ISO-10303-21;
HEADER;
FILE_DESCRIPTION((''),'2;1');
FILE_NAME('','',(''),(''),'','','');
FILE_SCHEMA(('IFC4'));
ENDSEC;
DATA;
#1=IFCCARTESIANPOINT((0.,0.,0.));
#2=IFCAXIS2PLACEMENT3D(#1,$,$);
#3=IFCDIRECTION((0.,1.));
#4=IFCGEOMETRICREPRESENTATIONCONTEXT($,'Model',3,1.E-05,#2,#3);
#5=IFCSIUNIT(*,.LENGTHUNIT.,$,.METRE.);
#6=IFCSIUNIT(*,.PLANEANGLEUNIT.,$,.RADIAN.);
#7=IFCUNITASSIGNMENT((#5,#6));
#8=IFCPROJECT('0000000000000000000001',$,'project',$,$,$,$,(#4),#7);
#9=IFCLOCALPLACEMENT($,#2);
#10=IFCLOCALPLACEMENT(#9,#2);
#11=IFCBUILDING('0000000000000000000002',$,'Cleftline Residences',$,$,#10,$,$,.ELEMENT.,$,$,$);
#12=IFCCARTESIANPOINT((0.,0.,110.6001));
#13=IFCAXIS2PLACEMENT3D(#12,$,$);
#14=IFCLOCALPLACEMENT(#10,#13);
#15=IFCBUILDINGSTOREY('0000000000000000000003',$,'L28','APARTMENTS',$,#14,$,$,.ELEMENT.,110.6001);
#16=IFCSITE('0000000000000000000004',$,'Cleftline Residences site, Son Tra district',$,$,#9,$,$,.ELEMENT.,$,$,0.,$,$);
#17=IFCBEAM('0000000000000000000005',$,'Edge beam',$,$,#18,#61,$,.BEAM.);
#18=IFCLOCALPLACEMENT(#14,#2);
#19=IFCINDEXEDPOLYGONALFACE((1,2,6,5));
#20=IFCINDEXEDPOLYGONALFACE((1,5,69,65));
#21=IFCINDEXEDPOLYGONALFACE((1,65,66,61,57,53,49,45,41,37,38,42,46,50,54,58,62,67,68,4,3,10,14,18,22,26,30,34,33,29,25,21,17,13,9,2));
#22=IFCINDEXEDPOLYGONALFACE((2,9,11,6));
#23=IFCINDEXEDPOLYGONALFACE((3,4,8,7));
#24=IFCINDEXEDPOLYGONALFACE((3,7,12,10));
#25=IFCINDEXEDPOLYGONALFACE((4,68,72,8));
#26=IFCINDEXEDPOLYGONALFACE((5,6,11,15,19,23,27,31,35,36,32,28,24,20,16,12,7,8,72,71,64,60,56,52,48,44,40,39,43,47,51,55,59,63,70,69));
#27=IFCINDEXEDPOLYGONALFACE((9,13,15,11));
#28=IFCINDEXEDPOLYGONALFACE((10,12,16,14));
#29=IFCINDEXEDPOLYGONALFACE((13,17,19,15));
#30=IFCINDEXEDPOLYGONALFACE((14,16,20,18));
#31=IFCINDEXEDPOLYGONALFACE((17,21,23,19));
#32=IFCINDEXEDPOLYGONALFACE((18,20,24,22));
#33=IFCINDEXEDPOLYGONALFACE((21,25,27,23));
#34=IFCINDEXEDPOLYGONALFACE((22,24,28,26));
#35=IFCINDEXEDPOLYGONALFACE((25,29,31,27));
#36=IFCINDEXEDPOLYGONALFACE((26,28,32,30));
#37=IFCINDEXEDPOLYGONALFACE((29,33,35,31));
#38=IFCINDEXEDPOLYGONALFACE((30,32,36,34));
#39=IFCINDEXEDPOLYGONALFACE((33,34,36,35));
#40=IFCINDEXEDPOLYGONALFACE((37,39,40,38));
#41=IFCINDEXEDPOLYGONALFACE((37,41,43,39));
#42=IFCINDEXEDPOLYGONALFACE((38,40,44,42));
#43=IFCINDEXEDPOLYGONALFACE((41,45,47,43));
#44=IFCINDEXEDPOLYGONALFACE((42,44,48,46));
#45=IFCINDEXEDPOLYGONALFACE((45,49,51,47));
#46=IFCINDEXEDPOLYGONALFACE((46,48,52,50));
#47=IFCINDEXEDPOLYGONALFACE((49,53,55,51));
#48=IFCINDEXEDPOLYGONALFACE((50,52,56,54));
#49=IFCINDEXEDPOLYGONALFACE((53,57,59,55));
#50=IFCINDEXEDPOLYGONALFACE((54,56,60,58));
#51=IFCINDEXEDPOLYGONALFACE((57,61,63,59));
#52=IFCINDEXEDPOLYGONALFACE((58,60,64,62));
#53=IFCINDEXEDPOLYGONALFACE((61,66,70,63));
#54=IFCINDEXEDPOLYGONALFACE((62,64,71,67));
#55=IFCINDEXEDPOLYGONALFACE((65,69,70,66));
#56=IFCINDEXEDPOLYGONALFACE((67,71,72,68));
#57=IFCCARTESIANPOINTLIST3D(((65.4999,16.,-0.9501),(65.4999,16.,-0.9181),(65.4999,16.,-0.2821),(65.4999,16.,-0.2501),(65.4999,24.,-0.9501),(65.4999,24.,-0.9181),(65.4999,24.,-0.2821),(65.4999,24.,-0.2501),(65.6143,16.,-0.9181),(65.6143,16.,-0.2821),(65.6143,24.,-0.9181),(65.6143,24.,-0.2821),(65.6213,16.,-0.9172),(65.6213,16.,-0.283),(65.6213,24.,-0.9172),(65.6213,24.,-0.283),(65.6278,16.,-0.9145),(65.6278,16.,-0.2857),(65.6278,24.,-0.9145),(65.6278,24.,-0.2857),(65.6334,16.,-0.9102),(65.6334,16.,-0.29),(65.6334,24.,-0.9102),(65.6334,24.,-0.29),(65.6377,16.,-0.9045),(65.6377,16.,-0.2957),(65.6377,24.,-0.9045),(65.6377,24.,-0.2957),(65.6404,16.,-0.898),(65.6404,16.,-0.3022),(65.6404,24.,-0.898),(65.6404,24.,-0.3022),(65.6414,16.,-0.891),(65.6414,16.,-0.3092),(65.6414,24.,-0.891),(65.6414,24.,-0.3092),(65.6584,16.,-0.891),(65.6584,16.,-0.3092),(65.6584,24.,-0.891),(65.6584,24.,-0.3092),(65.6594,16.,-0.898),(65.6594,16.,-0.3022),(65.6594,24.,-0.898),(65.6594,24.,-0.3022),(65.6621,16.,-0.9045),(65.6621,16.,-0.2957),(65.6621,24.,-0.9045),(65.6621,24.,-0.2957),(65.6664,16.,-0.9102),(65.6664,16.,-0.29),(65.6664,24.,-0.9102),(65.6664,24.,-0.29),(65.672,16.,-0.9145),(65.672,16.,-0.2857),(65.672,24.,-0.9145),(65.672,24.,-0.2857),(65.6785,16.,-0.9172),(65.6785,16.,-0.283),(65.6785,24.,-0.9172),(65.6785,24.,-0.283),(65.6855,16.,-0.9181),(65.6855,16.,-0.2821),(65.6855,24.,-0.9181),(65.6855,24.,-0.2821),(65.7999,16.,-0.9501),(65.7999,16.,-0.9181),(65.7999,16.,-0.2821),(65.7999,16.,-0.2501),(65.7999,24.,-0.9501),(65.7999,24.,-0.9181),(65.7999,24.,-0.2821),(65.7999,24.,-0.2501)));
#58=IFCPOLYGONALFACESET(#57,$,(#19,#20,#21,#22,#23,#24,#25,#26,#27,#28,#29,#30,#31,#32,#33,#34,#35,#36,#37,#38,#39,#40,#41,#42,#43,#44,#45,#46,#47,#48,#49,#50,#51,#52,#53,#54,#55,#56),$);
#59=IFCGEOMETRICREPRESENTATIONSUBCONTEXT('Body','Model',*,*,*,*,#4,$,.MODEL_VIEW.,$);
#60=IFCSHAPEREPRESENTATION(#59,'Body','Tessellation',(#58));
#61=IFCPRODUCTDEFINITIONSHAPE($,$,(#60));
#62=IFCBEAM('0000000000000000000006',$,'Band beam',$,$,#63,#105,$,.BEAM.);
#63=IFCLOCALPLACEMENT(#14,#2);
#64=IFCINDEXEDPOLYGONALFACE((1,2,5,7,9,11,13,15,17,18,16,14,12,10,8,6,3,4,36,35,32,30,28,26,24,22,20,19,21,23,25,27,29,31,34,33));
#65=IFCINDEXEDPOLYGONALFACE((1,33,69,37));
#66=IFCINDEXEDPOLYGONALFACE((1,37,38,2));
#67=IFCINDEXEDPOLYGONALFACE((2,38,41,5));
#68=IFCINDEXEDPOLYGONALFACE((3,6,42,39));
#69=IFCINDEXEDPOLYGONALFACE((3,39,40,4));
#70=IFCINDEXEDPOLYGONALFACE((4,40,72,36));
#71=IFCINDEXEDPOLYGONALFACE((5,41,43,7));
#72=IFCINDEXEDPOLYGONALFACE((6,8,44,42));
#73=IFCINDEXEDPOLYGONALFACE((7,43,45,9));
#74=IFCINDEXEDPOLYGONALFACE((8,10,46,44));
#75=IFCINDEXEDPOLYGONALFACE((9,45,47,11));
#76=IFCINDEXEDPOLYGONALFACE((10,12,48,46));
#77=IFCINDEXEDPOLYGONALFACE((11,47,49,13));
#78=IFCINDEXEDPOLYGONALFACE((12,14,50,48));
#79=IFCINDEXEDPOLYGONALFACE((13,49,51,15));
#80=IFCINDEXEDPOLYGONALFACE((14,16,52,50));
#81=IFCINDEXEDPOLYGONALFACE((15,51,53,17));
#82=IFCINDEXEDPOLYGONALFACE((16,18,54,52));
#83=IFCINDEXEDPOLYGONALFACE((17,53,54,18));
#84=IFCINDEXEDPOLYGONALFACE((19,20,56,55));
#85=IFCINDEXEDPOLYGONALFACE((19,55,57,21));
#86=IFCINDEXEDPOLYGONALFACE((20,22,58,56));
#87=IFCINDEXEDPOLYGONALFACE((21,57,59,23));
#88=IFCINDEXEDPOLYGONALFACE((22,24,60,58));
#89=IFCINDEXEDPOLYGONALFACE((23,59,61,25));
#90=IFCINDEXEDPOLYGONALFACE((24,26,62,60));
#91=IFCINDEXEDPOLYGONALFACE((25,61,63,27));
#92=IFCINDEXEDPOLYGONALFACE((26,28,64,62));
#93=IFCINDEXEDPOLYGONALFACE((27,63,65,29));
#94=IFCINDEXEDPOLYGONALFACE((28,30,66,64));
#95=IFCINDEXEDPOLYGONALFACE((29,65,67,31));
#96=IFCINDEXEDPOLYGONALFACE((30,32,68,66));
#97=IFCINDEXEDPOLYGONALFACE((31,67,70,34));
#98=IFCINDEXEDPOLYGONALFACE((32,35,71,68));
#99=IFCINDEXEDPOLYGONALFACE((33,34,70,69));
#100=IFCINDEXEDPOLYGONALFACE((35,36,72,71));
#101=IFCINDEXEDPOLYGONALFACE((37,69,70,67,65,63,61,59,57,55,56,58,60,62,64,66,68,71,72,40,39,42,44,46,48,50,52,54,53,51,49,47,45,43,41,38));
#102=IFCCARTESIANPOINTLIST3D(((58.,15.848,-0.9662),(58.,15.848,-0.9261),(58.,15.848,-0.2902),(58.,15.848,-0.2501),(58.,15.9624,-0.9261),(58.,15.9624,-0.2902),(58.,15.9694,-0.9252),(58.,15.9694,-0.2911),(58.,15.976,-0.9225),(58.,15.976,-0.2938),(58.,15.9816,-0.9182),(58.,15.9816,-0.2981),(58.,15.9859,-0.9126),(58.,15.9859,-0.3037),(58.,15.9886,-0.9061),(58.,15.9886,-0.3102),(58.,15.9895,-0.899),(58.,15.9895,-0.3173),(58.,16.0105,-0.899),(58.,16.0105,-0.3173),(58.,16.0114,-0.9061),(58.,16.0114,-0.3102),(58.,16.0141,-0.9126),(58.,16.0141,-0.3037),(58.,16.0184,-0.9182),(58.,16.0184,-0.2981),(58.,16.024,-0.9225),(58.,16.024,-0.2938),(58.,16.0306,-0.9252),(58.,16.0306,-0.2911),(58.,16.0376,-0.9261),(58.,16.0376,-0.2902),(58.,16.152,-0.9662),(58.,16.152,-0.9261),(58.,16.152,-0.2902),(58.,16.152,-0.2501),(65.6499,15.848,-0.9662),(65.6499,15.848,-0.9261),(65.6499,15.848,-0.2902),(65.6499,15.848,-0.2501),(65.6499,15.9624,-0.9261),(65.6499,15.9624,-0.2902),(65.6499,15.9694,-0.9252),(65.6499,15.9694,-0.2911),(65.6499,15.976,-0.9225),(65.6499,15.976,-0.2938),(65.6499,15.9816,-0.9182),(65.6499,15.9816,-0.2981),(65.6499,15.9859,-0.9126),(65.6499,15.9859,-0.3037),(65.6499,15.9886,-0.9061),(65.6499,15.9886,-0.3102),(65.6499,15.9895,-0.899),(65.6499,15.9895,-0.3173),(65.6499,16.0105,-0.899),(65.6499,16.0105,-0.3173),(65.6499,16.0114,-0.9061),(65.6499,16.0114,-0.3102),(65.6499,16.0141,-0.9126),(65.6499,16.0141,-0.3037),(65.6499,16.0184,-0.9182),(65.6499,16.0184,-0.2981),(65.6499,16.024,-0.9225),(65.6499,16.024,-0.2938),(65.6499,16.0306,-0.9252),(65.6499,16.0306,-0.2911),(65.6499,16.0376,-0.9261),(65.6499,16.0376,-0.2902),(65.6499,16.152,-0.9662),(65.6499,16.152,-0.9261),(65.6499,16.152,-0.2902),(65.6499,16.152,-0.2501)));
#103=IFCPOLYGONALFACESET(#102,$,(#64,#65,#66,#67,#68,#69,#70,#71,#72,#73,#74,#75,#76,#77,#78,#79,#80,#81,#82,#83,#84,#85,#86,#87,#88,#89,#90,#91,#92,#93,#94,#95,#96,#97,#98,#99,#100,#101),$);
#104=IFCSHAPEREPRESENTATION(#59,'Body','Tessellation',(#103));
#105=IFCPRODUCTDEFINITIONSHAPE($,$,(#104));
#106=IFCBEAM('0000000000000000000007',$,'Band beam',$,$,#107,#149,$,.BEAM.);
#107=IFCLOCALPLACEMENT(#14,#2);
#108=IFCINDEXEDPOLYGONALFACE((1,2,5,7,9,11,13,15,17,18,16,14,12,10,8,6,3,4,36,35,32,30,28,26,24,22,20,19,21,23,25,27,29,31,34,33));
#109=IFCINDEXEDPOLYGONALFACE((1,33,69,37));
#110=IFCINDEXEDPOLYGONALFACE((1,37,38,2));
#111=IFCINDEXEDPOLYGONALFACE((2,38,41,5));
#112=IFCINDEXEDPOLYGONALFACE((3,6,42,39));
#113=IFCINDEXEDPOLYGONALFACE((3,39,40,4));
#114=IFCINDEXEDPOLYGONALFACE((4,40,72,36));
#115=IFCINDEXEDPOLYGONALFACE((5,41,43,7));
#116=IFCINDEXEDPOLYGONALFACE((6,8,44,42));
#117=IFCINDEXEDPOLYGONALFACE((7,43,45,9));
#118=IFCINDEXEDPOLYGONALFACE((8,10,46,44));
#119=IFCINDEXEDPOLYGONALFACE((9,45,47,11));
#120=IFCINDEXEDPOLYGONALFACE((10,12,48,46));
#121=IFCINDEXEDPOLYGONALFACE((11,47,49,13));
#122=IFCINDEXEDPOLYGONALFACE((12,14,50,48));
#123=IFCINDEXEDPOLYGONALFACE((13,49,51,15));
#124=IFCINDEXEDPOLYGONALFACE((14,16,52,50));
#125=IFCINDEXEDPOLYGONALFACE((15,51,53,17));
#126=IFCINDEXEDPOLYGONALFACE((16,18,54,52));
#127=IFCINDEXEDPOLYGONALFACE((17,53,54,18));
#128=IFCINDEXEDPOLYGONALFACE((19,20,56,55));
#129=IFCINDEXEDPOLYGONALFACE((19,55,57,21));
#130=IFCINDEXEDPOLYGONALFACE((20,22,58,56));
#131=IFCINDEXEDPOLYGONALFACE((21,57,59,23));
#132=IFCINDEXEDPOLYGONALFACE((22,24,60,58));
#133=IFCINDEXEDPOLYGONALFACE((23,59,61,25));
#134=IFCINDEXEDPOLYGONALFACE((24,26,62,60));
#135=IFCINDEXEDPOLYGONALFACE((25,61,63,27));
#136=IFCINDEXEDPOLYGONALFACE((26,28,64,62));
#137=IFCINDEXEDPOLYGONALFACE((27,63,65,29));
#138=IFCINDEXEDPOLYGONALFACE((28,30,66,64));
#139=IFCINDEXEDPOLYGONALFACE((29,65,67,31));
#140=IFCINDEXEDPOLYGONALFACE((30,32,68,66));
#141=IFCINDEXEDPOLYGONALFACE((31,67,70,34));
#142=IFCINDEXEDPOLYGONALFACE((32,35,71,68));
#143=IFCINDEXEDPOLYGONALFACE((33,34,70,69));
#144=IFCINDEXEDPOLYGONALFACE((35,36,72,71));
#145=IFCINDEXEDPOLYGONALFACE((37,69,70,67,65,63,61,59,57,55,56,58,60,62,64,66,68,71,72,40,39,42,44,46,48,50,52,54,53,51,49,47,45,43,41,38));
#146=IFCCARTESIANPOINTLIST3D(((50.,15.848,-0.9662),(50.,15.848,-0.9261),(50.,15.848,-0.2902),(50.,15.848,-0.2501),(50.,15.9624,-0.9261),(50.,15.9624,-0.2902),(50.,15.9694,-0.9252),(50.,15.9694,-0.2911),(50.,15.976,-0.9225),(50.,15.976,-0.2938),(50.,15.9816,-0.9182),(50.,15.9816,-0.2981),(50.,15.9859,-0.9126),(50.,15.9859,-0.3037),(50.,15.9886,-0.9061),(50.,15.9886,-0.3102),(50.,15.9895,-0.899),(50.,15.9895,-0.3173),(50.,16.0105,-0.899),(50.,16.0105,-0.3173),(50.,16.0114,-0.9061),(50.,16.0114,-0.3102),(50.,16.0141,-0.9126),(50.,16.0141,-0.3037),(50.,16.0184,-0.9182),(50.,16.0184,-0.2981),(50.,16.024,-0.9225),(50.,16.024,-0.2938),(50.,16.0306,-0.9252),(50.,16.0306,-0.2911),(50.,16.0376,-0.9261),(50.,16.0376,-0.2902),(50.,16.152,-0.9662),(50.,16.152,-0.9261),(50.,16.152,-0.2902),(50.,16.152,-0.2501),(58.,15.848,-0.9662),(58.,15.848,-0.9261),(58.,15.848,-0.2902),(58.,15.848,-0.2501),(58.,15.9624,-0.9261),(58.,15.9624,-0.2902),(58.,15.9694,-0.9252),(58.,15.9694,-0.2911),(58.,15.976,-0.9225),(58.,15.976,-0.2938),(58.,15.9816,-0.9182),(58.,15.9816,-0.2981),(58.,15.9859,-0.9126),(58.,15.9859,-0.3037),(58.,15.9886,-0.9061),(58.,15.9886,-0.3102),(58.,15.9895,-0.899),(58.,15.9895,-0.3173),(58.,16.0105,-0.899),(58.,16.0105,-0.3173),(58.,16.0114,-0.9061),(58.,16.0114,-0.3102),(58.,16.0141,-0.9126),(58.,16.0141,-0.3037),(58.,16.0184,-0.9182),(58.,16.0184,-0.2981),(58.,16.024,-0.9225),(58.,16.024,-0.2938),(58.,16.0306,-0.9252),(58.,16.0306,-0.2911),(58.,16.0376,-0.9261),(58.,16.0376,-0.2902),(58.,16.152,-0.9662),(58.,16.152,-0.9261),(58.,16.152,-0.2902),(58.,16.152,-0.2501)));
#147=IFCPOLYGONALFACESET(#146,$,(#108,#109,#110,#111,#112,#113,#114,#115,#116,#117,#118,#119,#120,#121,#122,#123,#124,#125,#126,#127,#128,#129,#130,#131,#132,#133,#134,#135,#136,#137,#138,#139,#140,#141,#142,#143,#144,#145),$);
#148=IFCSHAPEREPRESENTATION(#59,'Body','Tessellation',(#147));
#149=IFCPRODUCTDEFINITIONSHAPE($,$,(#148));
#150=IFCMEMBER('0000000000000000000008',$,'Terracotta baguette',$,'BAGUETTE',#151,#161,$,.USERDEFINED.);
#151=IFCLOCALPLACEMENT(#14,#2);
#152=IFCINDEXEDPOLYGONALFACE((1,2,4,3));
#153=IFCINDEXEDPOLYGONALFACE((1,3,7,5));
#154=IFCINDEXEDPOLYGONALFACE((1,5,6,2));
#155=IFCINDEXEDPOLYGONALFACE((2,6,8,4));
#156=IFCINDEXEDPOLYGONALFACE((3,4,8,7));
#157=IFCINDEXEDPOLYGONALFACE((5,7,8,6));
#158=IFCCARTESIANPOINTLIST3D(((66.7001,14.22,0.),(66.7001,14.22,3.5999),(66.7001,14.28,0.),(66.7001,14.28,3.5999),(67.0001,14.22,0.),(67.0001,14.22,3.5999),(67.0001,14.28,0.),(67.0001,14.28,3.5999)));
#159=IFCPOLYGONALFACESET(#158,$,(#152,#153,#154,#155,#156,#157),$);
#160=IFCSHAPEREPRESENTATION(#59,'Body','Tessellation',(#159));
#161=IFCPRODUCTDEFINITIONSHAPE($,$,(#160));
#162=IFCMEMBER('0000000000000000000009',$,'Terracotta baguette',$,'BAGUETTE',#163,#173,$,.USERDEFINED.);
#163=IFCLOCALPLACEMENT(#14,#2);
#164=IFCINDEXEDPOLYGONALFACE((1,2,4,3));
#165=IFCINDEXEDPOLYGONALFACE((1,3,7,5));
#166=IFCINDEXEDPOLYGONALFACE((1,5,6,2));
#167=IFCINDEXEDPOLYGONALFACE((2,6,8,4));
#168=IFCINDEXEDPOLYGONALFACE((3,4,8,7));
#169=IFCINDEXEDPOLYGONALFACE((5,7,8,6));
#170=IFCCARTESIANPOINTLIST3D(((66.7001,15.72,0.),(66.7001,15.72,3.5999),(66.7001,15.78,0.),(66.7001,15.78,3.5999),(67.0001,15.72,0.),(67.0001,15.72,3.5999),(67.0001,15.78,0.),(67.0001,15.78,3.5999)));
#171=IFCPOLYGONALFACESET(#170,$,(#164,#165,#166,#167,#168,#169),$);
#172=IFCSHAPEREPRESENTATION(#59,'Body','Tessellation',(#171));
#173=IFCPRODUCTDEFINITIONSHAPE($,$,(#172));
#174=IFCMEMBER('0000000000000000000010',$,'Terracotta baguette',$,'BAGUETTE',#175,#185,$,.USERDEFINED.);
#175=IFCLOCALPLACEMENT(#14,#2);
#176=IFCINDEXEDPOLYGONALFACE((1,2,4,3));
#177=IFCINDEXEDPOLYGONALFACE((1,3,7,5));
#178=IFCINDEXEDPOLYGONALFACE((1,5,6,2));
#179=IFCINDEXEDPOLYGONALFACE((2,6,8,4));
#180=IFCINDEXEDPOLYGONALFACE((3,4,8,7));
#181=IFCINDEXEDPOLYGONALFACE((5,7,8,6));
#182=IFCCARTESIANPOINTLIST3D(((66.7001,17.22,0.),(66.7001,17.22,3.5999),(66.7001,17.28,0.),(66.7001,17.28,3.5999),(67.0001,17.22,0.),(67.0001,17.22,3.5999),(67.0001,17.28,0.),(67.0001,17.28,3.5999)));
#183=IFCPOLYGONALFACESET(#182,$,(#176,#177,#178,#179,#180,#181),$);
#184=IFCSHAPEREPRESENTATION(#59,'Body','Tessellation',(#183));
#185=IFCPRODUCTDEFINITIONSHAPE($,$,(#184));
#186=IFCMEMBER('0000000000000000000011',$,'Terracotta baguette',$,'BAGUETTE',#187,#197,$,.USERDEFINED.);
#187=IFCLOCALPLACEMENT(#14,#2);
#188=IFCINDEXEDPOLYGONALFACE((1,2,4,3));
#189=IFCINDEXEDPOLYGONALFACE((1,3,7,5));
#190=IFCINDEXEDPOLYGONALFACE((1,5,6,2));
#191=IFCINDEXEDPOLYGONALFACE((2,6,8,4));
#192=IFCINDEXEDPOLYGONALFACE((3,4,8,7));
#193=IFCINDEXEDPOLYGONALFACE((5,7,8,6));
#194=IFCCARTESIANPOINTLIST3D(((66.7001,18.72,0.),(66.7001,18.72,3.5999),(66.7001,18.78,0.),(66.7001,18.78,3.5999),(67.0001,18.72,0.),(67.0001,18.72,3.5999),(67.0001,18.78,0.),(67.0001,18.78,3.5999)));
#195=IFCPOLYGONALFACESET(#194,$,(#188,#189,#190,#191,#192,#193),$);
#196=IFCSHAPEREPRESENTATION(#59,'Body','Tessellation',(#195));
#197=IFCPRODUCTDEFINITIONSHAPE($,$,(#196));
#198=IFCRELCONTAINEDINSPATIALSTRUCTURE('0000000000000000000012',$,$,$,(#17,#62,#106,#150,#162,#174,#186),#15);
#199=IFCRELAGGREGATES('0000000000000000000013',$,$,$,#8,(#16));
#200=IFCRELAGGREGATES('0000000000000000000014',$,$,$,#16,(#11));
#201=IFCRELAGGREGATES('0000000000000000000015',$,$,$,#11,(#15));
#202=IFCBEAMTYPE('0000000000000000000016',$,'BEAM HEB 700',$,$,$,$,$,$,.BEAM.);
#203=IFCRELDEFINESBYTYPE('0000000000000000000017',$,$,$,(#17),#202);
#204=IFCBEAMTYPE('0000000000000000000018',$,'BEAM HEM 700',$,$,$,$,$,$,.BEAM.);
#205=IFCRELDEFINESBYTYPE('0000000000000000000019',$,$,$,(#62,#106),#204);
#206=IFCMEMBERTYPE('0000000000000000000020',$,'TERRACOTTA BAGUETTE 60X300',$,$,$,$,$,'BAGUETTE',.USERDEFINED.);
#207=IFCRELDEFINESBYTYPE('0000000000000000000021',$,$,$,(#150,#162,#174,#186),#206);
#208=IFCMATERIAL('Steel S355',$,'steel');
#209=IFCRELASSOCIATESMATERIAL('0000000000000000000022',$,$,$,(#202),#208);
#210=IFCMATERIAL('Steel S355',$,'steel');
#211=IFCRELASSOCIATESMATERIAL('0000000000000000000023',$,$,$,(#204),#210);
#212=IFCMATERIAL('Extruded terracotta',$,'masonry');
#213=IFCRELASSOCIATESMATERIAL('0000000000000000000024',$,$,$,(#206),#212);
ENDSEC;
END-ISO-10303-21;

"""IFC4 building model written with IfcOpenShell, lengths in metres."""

from ifc_helpers import new_model, si_unit, direction, frame, origin, origin_2d, place, context, subcontext, project, spatial, rectangle, i_section, extrude, material, material_profile, profile_set, type_object, element, save


model = new_model("IFC4")

# Units and contexts
model_context = context("Model", 3, precision=1e-05, world=origin(), true_north=direction((0.0, 1.0)))
body_context = subcontext(model_context, "Body", "Model", "MODEL_VIEW")
ifc_project = project(units=[si_unit("LENGTHUNIT", "METRE"), si_unit("PLANEANGLEUNIT", "RADIAN")], contexts=[model_context])

# Site, building, storey
site_placement = place(None, origin())
site = spatial("IfcSite", under=ifc_project, at=site_placement, Name="Cleftline Residences site, Son Tra district", CompositionType="ELEMENT", RefElevation=0.0)
building_placement = place(site_placement, origin())
building = spatial("IfcBuilding", under=site, at=building_placement, Name="Cleftline Residences", CompositionType="ELEMENT")
storey_placement = place(building_placement, frame((0.0, 0.0, 110.6001)))
storey = spatial("IfcBuildingStorey", under=building, at=storey_placement, Name="L28", Description="APARTMENTS", CompositionType="ELEMENT", Elevation=110.6001)

# Beams
ifc_material_1 = material(Name="Steel S355", Category="steel")
ifc_material_profile_1 = material_profile(ifc_material_1, i_section(OverallWidth=0.3, OverallDepth=0.7, WebThickness=0.0171, FlangeThickness=0.032, FilletRadius=0.0271, at=origin_2d()))
ifc_profile_set_1 = profile_set([ifc_material_profile_1], Name="Steel S355")
beam_type_1 = type_object("IfcBeamType", Name="BEAM HEB 700", PredefinedType="BEAM", material=ifc_profile_set_1)
beam_1_placement = place(storey_placement, frame((65.6499, 16.0, -0.6001), z_axis=(0.0, 1.0, 0.0), x_axis=(-1.0, 0.0, 0.0)))
element("IfcBeam", 1, at=beam_1_placement, inside=storey, type_object=beam_type_1, Name="Edge beam", PredefinedType="BEAM", context=body_context, shape_type="SweptSolid", body=[
    extrude(i_section(OverallWidth=0.3, OverallDepth=0.7, WebThickness=0.0171, FlangeThickness=0.032, FilletRadius=0.0271, at=origin_2d()), origin(), (0.0, 0.0, 1.0), 8.0),
])
ifc_material_2 = material(Name="Steel S355", Category="steel")
ifc_material_profile_2 = material_profile(ifc_material_2, i_section(OverallWidth=0.304, OverallDepth=0.7161, WebThickness=0.021, FlangeThickness=0.04, FilletRadius=0.0271, at=origin_2d()))
ifc_profile_set_2 = profile_set([ifc_material_profile_2], Name="Steel S355")
beam_type_2 = type_object("IfcBeamType", Name="BEAM HEM 700", PredefinedType="BEAM", material=ifc_profile_set_2)
beam_2_placement = place(storey_placement, frame((65.6499, 16.0, -0.6082), z_axis=(-1.0, 0.0, 0.0), x_axis=(0.0, -1.0, 0.0)))
element("IfcBeam", 2, at=beam_2_placement, inside=storey, type_object=beam_type_2, Name="Band beam", PredefinedType="BEAM", context=body_context, shape_type="SweptSolid", body=[
    extrude(i_section(OverallWidth=0.304, OverallDepth=0.7161, WebThickness=0.021, FlangeThickness=0.04, FilletRadius=0.0271, at=origin_2d()), origin(), (0.0, 0.0, 1.0), 7.6499),
])
beam_3_placement = place(storey_placement, frame((58.0, 16.0, -0.6082), z_axis=(-1.0, 0.0, 0.0), x_axis=(0.0, -1.0, 0.0)))
element("IfcBeam", 3, at=beam_3_placement, inside=storey, type_object=beam_type_2, Name="Band beam", PredefinedType="BEAM", context=body_context, shape_type="SweptSolid", body=[
    extrude(i_section(OverallWidth=0.304, OverallDepth=0.7161, WebThickness=0.021, FlangeThickness=0.04, FilletRadius=0.0271, at=origin_2d()), origin(), (0.0, 0.0, 1.0), 8.0),
])

# Members
ifc_material_3 = material(Name="Extruded terracotta", Category="masonry")
ifc_material_profile_3 = material_profile(ifc_material_3, rectangle(XDim=0.0601, YDim=0.3, at=origin_2d()))
ifc_profile_set_3 = profile_set([ifc_material_profile_3], Name="Extruded terracotta")
member_type_1 = type_object("IfcMemberType", Name="TERRACOTTA BAGUETTE 60X300", ElementType="BAGUETTE", PredefinedType="USERDEFINED", material=ifc_profile_set_3)
for number, where, z_axis, x_axis, name in (
    (4, (66.8501, 14.25, 0.0), (0.0, 0.0, 1.0), (0.0, 1.0, 0.0), "Terracotta baguette"),
    (5, (66.8501, 15.75, 0.0), (0.0, 0.0, 1.0), (0.0, 1.0, 0.0), "Terracotta baguette"),
    (6, (66.8501, 17.25, 0.0), (0.0, 0.0, 1.0), (0.0, 1.0, 0.0), "Terracotta baguette"),
    (7, (66.8501, 18.75, 0.0), (0.0, 0.0, 1.0), (0.0, 1.0, 0.0), "Terracotta baguette"),
):
    element("IfcMember", number, at=place(storey_placement, frame(where, z_axis=z_axis, x_axis=x_axis)), inside=storey, type_object=member_type_1, Name=name, ObjectType="BAGUETTE", PredefinedType="USERDEFINED", context=body_context, shape_type="SweptSolid", body=[
        extrude(rectangle(XDim=0.0601, YDim=0.3, at=origin_2d()), origin(), (0.0, 0.0, 1.0), 3.5999),
    ])

save(model, "model.ifc")
